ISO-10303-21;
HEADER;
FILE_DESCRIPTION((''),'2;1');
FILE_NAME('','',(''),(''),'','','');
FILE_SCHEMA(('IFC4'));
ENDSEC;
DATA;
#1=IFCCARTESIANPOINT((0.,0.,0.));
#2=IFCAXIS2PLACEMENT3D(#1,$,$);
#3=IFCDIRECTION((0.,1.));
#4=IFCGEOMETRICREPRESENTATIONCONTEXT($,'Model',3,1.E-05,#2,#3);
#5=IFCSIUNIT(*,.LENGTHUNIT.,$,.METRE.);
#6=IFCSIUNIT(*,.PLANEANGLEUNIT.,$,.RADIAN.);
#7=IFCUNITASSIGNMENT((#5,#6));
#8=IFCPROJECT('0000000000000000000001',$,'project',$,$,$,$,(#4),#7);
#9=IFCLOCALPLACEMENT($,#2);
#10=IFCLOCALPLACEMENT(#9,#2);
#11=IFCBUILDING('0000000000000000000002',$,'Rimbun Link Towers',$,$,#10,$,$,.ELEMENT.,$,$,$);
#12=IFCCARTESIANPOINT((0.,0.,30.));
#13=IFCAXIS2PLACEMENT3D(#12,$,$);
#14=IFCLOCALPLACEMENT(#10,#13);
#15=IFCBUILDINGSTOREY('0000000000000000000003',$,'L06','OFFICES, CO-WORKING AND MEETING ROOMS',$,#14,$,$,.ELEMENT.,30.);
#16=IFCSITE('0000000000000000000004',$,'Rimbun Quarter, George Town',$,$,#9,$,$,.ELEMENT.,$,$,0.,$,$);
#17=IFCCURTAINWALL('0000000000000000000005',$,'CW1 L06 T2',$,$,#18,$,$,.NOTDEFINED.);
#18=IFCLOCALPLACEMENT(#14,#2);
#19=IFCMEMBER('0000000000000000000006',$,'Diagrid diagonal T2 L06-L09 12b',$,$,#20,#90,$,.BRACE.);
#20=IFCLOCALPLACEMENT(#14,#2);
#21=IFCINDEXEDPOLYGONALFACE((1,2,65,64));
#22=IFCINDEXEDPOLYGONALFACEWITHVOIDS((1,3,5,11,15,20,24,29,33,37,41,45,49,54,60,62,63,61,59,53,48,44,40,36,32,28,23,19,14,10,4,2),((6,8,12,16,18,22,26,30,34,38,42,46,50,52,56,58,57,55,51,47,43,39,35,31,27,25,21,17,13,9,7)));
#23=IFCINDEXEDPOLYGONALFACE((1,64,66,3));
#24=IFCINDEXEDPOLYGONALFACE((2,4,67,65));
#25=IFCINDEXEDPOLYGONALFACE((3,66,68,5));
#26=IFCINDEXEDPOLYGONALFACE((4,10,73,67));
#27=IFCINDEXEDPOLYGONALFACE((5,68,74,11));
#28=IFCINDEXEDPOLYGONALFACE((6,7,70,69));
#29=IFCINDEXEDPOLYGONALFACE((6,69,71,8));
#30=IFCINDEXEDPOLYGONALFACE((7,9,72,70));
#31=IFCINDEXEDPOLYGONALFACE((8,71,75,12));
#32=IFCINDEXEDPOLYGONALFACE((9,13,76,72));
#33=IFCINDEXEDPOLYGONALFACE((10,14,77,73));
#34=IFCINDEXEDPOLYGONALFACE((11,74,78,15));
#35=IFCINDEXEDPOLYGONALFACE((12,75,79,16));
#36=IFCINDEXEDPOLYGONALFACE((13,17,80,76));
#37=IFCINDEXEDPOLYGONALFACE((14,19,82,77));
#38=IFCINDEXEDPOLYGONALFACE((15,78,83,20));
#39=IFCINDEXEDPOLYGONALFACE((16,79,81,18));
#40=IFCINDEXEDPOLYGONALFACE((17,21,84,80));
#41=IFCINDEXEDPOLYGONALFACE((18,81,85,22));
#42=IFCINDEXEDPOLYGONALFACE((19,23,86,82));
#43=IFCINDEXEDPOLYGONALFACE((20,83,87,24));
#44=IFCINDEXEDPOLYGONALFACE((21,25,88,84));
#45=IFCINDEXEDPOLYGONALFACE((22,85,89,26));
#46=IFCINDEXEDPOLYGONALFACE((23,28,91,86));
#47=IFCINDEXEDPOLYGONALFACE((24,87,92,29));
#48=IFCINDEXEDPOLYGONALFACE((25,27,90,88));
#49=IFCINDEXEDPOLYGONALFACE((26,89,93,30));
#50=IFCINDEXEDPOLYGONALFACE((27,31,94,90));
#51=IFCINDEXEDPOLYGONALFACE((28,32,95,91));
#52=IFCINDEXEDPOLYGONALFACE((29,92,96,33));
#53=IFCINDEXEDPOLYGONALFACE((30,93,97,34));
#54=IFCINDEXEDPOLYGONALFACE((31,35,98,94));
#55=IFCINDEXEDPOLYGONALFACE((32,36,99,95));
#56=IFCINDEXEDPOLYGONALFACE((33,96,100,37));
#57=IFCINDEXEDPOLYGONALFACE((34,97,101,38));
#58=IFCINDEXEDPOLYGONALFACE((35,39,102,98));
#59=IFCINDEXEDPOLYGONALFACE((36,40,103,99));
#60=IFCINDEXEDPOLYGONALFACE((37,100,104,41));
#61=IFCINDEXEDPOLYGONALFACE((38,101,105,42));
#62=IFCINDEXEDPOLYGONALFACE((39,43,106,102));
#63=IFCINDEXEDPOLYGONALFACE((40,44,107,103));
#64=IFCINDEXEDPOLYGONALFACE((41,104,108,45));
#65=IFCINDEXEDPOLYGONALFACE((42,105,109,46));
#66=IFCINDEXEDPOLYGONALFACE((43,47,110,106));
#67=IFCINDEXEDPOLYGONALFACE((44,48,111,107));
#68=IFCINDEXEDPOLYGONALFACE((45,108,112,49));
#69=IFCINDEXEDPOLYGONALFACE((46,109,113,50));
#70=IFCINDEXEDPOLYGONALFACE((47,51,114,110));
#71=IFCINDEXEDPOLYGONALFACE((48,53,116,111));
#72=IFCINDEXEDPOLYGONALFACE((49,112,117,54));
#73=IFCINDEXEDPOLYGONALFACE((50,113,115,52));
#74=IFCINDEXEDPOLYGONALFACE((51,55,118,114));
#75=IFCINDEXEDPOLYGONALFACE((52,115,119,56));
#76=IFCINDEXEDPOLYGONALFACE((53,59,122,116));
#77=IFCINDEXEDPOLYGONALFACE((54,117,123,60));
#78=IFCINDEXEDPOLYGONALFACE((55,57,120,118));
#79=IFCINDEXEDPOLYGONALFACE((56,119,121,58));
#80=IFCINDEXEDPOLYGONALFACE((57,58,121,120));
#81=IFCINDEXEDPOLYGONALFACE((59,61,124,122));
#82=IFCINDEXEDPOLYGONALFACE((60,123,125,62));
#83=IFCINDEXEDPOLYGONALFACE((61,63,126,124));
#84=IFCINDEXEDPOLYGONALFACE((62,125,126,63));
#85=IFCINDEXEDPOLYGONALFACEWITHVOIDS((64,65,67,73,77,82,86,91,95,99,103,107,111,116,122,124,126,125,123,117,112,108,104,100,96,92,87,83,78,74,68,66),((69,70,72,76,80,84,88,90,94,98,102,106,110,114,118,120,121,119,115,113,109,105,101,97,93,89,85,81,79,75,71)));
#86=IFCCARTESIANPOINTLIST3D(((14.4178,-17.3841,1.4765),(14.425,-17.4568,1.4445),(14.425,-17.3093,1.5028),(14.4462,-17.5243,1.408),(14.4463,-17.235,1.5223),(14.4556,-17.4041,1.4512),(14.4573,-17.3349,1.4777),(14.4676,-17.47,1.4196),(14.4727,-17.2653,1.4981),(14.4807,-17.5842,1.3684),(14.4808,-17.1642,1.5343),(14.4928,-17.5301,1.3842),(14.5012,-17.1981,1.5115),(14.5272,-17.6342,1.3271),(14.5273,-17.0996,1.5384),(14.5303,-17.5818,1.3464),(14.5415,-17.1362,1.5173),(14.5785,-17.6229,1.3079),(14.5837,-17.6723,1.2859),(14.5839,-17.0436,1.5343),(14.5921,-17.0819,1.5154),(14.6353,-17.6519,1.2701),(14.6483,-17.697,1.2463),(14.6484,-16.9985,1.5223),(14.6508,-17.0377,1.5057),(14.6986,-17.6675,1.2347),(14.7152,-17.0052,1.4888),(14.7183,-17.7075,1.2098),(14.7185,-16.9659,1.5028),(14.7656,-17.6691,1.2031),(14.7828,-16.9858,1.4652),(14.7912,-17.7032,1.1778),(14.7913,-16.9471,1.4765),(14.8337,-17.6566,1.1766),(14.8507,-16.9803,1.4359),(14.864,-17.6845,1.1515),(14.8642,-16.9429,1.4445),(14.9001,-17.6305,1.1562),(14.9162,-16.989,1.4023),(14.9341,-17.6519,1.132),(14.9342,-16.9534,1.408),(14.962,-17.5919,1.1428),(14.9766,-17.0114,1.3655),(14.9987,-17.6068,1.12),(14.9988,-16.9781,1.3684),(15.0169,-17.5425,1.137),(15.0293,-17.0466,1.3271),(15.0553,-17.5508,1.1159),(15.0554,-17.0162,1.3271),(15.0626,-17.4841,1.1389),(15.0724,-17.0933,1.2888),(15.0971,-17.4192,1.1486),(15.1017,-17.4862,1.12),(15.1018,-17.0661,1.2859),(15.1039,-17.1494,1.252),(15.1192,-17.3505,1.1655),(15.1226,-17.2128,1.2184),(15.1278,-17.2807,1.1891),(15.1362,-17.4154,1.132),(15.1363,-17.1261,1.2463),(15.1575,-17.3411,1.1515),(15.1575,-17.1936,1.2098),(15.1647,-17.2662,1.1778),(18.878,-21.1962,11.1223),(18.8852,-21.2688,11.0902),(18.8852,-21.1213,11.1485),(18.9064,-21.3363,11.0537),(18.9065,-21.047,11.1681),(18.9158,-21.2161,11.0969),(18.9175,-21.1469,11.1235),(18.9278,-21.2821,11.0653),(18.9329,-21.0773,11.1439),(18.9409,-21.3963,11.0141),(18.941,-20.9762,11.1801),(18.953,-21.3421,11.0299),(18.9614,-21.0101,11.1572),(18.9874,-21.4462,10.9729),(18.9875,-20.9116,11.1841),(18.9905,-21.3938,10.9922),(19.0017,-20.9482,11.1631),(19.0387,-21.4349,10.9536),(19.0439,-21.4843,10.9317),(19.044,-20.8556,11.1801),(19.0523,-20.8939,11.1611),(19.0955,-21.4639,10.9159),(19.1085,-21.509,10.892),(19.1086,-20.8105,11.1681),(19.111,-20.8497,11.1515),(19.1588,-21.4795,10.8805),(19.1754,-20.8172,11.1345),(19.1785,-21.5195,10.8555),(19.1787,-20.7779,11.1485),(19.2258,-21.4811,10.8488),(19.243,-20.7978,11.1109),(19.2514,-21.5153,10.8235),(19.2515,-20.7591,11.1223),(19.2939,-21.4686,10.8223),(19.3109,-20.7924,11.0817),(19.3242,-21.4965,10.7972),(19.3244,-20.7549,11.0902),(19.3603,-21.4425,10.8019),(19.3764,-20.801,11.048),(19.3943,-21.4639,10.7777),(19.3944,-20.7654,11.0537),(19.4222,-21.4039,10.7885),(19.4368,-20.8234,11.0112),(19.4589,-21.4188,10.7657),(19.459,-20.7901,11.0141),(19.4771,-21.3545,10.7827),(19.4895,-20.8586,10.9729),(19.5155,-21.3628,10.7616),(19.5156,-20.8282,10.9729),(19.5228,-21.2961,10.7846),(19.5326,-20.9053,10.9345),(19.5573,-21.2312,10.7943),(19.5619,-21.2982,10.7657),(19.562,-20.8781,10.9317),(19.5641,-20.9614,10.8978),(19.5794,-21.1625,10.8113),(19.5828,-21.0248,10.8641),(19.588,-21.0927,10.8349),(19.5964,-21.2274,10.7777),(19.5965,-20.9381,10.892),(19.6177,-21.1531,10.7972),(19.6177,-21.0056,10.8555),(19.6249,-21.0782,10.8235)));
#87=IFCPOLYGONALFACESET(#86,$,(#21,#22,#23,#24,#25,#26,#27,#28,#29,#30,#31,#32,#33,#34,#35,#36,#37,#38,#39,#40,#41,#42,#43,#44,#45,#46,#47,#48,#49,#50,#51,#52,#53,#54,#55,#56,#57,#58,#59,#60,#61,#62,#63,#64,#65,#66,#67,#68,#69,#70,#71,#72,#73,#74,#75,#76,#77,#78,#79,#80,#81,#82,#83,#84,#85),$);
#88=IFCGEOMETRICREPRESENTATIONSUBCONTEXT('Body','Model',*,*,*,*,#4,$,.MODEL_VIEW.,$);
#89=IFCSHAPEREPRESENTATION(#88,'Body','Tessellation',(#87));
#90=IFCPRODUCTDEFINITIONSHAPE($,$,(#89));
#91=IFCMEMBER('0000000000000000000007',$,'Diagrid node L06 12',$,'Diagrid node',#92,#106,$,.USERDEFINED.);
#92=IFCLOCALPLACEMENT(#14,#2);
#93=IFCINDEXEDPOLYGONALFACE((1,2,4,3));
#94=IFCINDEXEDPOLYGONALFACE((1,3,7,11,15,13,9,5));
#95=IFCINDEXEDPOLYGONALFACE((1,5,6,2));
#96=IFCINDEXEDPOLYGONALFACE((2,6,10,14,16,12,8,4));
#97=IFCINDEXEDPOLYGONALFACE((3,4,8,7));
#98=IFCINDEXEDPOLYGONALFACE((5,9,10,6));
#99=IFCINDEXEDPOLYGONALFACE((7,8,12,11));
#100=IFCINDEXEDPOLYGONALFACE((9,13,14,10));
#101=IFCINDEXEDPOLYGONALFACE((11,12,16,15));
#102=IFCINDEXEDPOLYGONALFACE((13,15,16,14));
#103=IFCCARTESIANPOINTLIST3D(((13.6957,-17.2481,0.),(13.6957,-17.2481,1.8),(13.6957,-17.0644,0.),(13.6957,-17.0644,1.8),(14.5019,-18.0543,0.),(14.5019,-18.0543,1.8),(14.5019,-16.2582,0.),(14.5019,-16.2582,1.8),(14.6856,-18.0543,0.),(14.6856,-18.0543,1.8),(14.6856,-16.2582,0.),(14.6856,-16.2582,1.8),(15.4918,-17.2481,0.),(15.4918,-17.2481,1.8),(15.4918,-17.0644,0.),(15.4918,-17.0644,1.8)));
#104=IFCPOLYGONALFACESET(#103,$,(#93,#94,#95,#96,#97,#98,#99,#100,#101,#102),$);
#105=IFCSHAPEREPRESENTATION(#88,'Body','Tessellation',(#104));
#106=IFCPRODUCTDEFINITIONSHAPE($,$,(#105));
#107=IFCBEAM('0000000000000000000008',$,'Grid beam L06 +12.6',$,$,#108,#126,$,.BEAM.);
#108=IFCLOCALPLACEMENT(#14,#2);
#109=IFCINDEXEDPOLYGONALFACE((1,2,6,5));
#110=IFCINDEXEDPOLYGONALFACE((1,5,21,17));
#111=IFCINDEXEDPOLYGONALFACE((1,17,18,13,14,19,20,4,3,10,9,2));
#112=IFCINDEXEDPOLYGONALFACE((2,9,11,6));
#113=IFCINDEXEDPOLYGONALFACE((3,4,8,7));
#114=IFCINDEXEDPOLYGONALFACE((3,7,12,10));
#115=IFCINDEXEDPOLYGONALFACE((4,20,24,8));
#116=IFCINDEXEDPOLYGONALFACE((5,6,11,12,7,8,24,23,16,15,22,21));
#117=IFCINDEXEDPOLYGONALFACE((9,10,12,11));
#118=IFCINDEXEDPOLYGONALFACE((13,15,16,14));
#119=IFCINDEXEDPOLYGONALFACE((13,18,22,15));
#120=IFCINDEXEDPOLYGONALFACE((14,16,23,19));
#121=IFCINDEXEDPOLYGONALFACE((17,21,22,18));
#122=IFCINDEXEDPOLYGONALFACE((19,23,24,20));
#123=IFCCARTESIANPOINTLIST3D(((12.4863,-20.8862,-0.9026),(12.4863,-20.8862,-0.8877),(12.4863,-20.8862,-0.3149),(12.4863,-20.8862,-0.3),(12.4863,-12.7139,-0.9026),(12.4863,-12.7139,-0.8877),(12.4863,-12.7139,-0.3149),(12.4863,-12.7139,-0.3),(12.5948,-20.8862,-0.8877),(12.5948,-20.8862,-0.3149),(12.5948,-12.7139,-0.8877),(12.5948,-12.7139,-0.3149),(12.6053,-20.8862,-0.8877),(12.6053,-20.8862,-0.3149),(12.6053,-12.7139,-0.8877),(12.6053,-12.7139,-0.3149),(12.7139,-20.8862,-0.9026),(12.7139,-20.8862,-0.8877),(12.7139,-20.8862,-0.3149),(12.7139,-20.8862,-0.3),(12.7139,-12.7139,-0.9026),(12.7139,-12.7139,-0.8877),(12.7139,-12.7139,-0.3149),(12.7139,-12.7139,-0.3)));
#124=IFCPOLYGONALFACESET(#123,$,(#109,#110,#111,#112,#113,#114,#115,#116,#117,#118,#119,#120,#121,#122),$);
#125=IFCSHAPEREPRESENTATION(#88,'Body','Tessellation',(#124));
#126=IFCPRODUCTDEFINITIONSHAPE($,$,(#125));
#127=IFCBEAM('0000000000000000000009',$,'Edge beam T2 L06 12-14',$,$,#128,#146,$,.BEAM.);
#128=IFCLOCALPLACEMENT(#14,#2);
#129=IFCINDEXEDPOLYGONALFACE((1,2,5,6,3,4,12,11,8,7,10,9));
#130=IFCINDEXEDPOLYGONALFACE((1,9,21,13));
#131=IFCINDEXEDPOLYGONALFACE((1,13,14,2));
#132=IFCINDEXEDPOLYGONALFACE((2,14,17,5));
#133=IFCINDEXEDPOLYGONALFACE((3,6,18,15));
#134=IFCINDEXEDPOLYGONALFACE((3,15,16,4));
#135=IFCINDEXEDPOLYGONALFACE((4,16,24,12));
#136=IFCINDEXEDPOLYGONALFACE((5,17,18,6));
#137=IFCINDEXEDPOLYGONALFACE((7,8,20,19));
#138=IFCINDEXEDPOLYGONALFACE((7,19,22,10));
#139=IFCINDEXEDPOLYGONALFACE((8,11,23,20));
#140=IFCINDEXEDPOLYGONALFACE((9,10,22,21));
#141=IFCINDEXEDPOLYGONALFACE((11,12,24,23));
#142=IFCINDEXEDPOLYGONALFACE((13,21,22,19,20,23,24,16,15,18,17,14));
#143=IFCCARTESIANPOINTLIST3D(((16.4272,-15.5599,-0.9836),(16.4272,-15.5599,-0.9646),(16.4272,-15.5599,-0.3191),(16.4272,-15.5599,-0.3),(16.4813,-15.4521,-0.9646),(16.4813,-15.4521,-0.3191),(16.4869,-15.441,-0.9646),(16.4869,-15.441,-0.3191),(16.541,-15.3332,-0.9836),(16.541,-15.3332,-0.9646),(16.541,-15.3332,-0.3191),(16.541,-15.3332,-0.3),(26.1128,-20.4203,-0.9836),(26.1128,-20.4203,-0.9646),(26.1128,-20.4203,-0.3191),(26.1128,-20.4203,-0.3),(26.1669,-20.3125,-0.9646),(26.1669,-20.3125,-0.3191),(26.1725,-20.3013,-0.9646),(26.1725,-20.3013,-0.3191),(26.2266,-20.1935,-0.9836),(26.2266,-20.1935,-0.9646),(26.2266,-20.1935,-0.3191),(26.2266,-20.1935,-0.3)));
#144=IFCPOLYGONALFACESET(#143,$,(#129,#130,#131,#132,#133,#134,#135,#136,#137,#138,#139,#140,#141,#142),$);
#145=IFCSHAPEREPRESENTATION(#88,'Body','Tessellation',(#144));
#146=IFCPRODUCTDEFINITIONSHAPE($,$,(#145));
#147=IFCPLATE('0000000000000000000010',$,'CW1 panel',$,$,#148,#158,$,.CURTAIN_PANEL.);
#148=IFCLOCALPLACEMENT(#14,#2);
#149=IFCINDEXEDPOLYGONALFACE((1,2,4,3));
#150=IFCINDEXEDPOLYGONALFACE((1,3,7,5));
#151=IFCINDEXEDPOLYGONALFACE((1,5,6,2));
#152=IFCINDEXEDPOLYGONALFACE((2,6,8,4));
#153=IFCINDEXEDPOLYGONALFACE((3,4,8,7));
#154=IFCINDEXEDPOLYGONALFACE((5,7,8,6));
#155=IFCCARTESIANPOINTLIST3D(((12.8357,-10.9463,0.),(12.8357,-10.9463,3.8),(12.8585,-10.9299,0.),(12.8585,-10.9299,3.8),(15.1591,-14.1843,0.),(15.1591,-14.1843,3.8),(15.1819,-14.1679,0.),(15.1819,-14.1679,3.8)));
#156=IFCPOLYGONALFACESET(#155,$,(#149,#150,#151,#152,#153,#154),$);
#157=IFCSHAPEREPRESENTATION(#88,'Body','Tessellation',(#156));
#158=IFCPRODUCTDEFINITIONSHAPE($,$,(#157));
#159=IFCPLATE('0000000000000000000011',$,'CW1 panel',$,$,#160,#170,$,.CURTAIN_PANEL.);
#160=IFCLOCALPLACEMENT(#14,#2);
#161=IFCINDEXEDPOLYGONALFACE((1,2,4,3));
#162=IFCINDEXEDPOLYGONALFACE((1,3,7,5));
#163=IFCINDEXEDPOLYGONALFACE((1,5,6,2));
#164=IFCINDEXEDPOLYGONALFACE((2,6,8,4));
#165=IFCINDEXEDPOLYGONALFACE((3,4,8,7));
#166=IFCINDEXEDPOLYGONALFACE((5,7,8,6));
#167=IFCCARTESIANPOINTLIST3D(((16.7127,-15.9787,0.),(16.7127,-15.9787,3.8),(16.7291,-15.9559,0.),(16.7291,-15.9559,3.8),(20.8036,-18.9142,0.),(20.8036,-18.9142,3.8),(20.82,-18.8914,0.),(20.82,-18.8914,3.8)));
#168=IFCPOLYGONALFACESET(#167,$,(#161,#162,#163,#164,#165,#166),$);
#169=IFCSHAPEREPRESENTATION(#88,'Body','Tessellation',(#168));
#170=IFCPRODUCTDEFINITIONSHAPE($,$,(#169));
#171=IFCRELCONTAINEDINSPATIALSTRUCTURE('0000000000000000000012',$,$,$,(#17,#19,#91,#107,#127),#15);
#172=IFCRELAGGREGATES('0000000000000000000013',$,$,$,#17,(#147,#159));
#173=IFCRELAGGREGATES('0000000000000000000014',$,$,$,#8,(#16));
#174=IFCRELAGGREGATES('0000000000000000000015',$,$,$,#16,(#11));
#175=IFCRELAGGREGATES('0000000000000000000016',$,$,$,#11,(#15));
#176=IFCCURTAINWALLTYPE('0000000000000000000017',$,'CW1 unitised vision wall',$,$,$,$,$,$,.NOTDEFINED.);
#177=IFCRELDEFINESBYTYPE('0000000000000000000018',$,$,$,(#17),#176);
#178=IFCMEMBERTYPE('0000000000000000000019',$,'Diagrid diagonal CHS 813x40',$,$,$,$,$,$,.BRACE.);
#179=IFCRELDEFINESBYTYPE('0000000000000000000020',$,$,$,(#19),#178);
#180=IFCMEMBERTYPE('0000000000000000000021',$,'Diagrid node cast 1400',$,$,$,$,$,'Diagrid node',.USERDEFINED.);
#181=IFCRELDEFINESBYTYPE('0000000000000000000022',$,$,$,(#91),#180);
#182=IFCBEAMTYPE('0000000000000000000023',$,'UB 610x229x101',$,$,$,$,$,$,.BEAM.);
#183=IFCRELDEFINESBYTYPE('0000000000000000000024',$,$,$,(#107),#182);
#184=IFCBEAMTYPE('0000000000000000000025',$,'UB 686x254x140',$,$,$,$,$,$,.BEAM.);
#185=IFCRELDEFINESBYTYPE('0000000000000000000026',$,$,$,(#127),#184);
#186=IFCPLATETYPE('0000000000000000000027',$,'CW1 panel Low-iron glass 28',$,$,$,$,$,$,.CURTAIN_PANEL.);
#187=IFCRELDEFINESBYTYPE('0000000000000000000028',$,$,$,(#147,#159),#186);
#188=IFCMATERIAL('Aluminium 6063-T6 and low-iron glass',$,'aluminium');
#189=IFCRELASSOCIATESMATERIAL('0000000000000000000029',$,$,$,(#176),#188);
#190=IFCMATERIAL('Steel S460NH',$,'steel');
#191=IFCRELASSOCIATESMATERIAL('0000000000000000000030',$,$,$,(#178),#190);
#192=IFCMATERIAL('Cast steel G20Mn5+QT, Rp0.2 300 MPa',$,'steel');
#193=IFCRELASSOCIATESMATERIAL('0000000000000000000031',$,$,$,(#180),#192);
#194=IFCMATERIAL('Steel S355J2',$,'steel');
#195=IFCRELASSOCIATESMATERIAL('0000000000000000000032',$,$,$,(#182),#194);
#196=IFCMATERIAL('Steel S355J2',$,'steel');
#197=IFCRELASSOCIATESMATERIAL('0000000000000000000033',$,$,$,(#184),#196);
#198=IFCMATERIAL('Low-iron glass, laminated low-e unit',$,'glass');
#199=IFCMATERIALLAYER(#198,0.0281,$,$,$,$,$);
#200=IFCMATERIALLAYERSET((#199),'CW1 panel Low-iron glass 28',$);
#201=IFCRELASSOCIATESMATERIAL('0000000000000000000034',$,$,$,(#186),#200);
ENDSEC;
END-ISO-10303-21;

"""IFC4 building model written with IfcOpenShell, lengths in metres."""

from ifc_helpers import new_model, si_unit, direction, frame, origin, origin_2d, place, context, subcontext, project, spatial, polyline, rectangle, hollow_circle, i_section, outline, extrude, material, layer, layer_set, material_profile, profile_set, type_object, element, aggregate, save


model = new_model("IFC4")

# Units and contexts
model_context = context("Model", 3, precision=1e-05, world=origin(), true_north=direction((0.0, 1.0)))
body_context = subcontext(model_context, "Body", "Model", "MODEL_VIEW")
ifc_project = project(units=[si_unit("LENGTHUNIT", "METRE"), si_unit("PLANEANGLEUNIT", "RADIAN")], contexts=[model_context])

# Site, building, storey
site_placement = place(None, origin())
site = spatial("IfcSite", under=ifc_project, at=site_placement, Name="Rimbun Quarter, George Town", CompositionType="ELEMENT", RefElevation=0.0)
building_placement = place(site_placement, origin())
building = spatial("IfcBuilding", under=site, at=building_placement, Name="Rimbun Link Towers", CompositionType="ELEMENT")
storey_placement = place(building_placement, frame((0.0, 0.0, 30.0)))
storey = spatial("IfcBuildingStorey", under=building, at=storey_placement, Name="L06", Description="OFFICES, CO-WORKING AND MEETING ROOMS", CompositionType="ELEMENT", Elevation=30.0)

# Curtain wall
ifc_material_1 = material(Name="Aluminium 6063-T6 and low-iron glass", Category="aluminium")
curtain_wall_type = type_object("IfcCurtainWallType", Name="CW1 unitised vision wall", PredefinedType="NOTDEFINED", material=ifc_material_1)
curtain_wall_placement = place(storey_placement, origin())
curtain_wall = element("IfcCurtainWall", 1, at=curtain_wall_placement, inside=storey, type_object=curtain_wall_type, Name="CW1 L06 T2", PredefinedType="NOTDEFINED")

# Members
ifc_material_2 = material(Name="Steel S460NH", Category="steel")
ifc_material_profile_1 = material_profile(ifc_material_2, hollow_circle(Radius=0.4065, WallThickness=0.04, at=origin_2d()), Name="Diagrid diagonal CHS 813x40")
ifc_profile_set_1 = profile_set([ifc_material_profile_1], Name="Steel S460NH")
member_type_1 = type_object("IfcMemberType", Name="Diagrid diagonal CHS 813x40", PredefinedType="BRACE", material=ifc_profile_set_1)
for number, where, z_axis, x_axis, name in (
    (2, (14.7913, -17.3252, 1.3271), (0.395056, -0.337643, 0.854358), (0.649708, 0.760184, 0.0), "Diagrid diagonal T2 L06-L09 12b"),
):
    element("IfcMember", number, at=place(storey_placement, frame(where, z_axis=z_axis, x_axis=x_axis)), inside=storey, type_object=member_type_1, Name=name, PredefinedType="BRACE", context=body_context, shape_type="SweptSolid", body=[
        extrude(hollow_circle(Radius=0.4065, WallThickness=0.04, at=origin_2d()), origin(), (0.0, 0.0, 1.0), 11.29),
    ])
ifc_material_3 = material(Name="Cast steel G20Mn5+QT, Rp0.2 300 MPa", Category="steel")
ifc_material_profile_2 = material_profile(ifc_material_3, outline(polyline([(0.7, -0.5701), (0.7, 0.5701), (0.5701, 0.7), (-0.5701, 0.7), (-0.7, 0.5701), (-0.7, -0.5701), (-0.5701, -0.7), (0.5701, -0.7), (0.7, -0.5701)])), Name="NODE 1400x1400")
ifc_profile_set_2 = profile_set([ifc_material_profile_2], Name="Cast steel G20Mn5+QT, Rp0.2 300 MPa")
member_type_2 = type_object("IfcMemberType", Name="Diagrid node cast 1400", ElementType="Diagrid node", PredefinedType="USERDEFINED", material=ifc_profile_set_2)
member_1_placement = place(storey_placement, frame((14.5938, -17.1562, 0.0), z_axis=(0.0, 0.0, 1.0), x_axis=(-0.707107, -0.707107, 0.0)))
element("IfcMember", 3, at=member_1_placement, inside=storey, type_object=member_type_2, Name="Diagrid node L06 12", ObjectType="Diagrid node", PredefinedType="USERDEFINED", context=body_context, shape_type="SweptSolid", body=[
    extrude(outline(polyline([(0.7, -0.5701), (0.7, 0.5701), (0.5701, 0.7), (-0.5701, 0.7), (-0.7, 0.5701), (-0.7, -0.5701), (-0.5701, -0.7), (0.5701, -0.7), (0.7, -0.5701)])), origin(), (0.0, 0.0, 1.0), 1.8),
])

# Beams
ifc_material_4 = material(Name="Steel S355J2", Category="steel")
ifc_material_profile_3 = material_profile(ifc_material_4, i_section(OverallWidth=0.2275, OverallDepth=0.6025, WebThickness=0.0105, FlangeThickness=0.0149, at=origin_2d()), Name="UB 610x229x101")
ifc_profile_set_3 = profile_set([ifc_material_profile_3], Name="Steel S355J2")
beam_type_1 = type_object("IfcBeamType", Name="UB 610x229x101", PredefinedType="BEAM", material=ifc_profile_set_3)
beam_1_placement = place(storey_placement, frame((12.6001, -20.8862, -0.6013), z_axis=(0.0, 1.0, 0.0), x_axis=(-1.0, 0.0, 0.0)))
element("IfcBeam", 4, at=beam_1_placement, inside=storey, type_object=beam_type_1, Name="Grid beam L06 +12.6", PredefinedType="BEAM", context=body_context, shape_type="SweptSolid", body=[
    extrude(i_section(OverallWidth=0.2275, OverallDepth=0.6025, WebThickness=0.0105, FlangeThickness=0.0149, at=origin_2d()), origin(), (0.0, 0.0, 1.0), 8.1724),
])
ifc_material_5 = material(Name="Steel S355J2", Category="steel")
ifc_material_profile_4 = material_profile(ifc_material_5, i_section(OverallWidth=0.2537, OverallDepth=0.6836, WebThickness=0.0125, FlangeThickness=0.019, at=origin_2d()), Name="UB 686x254x140")
ifc_profile_set_4 = profile_set([ifc_material_profile_4], Name="Steel S355J2")
beam_type_2 = type_object("IfcBeamType", Name="UB 686x254x140", PredefinedType="BEAM", material=ifc_profile_set_4)
beam_2_placement = place(storey_placement, frame((16.4841, -15.4465, -0.6418), z_axis=(0.893777, -0.448511, 0.0), x_axis=(0.448511, 0.893777, 0.0)))
element("IfcBeam", 5, at=beam_2_placement, inside=storey, type_object=beam_type_2, Name="Edge beam T2 L06 12-14", PredefinedType="BEAM", context=body_context, shape_type="SweptSolid", body=[
    extrude(i_section(OverallWidth=0.2537, OverallDepth=0.6836, WebThickness=0.0125, FlangeThickness=0.019, at=origin_2d()), origin(), (0.0, 0.0, 1.0), 10.8367),
])

# Plates
ifc_material_6 = material(Name="Low-iron glass, laminated low-e unit", Category="glass")
ifc_layer_1 = layer(ifc_material_6, 0.0281)
ifc_layer_set_1 = layer_set([ifc_layer_1], Name="CW1 panel Low-iron glass 28")
plate_type = type_object("IfcPlateType", Name="CW1 panel Low-iron glass 28", PredefinedType="CURTAIN_PANEL", material=ifc_layer_set_1)
plate_1_placement = place(storey_placement, frame((14.0088, -12.5571, 0.0), z_axis=(0.0, 0.0, 1.0), x_axis=(-0.582998, 0.812474, 0.0)))
plate_1 = element("IfcPlate", 6, at=plate_1_placement, type_object=plate_type, Name="CW1 panel", PredefinedType="CURTAIN_PANEL", context=body_context, shape_type="SweptSolid", body=[
    extrude(rectangle(XDim=3.9854, YDim=0.0281, at=origin_2d()), origin(), (0.0, 0.0, 1.0), 3.8),
])
plate_2_placement = place(storey_placement, frame((18.7664, -17.4351, 0.0), z_axis=(0.0, 0.0, 1.0), x_axis=(-0.812474, 0.582998, 0.0)))
plate_2 = element("IfcPlate", 7, at=plate_2_placement, type_object=plate_type, Name="CW1 panel", PredefinedType="CURTAIN_PANEL", context=body_context, shape_type="SweptSolid", body=[
    extrude(rectangle(XDim=5.0352, YDim=0.0281, at=origin_2d()), origin(), (0.0, 0.0, 1.0), 3.8),
])
aggregate(curtain_wall, [plate_1, plate_2])

save(model, "model.ifc")
